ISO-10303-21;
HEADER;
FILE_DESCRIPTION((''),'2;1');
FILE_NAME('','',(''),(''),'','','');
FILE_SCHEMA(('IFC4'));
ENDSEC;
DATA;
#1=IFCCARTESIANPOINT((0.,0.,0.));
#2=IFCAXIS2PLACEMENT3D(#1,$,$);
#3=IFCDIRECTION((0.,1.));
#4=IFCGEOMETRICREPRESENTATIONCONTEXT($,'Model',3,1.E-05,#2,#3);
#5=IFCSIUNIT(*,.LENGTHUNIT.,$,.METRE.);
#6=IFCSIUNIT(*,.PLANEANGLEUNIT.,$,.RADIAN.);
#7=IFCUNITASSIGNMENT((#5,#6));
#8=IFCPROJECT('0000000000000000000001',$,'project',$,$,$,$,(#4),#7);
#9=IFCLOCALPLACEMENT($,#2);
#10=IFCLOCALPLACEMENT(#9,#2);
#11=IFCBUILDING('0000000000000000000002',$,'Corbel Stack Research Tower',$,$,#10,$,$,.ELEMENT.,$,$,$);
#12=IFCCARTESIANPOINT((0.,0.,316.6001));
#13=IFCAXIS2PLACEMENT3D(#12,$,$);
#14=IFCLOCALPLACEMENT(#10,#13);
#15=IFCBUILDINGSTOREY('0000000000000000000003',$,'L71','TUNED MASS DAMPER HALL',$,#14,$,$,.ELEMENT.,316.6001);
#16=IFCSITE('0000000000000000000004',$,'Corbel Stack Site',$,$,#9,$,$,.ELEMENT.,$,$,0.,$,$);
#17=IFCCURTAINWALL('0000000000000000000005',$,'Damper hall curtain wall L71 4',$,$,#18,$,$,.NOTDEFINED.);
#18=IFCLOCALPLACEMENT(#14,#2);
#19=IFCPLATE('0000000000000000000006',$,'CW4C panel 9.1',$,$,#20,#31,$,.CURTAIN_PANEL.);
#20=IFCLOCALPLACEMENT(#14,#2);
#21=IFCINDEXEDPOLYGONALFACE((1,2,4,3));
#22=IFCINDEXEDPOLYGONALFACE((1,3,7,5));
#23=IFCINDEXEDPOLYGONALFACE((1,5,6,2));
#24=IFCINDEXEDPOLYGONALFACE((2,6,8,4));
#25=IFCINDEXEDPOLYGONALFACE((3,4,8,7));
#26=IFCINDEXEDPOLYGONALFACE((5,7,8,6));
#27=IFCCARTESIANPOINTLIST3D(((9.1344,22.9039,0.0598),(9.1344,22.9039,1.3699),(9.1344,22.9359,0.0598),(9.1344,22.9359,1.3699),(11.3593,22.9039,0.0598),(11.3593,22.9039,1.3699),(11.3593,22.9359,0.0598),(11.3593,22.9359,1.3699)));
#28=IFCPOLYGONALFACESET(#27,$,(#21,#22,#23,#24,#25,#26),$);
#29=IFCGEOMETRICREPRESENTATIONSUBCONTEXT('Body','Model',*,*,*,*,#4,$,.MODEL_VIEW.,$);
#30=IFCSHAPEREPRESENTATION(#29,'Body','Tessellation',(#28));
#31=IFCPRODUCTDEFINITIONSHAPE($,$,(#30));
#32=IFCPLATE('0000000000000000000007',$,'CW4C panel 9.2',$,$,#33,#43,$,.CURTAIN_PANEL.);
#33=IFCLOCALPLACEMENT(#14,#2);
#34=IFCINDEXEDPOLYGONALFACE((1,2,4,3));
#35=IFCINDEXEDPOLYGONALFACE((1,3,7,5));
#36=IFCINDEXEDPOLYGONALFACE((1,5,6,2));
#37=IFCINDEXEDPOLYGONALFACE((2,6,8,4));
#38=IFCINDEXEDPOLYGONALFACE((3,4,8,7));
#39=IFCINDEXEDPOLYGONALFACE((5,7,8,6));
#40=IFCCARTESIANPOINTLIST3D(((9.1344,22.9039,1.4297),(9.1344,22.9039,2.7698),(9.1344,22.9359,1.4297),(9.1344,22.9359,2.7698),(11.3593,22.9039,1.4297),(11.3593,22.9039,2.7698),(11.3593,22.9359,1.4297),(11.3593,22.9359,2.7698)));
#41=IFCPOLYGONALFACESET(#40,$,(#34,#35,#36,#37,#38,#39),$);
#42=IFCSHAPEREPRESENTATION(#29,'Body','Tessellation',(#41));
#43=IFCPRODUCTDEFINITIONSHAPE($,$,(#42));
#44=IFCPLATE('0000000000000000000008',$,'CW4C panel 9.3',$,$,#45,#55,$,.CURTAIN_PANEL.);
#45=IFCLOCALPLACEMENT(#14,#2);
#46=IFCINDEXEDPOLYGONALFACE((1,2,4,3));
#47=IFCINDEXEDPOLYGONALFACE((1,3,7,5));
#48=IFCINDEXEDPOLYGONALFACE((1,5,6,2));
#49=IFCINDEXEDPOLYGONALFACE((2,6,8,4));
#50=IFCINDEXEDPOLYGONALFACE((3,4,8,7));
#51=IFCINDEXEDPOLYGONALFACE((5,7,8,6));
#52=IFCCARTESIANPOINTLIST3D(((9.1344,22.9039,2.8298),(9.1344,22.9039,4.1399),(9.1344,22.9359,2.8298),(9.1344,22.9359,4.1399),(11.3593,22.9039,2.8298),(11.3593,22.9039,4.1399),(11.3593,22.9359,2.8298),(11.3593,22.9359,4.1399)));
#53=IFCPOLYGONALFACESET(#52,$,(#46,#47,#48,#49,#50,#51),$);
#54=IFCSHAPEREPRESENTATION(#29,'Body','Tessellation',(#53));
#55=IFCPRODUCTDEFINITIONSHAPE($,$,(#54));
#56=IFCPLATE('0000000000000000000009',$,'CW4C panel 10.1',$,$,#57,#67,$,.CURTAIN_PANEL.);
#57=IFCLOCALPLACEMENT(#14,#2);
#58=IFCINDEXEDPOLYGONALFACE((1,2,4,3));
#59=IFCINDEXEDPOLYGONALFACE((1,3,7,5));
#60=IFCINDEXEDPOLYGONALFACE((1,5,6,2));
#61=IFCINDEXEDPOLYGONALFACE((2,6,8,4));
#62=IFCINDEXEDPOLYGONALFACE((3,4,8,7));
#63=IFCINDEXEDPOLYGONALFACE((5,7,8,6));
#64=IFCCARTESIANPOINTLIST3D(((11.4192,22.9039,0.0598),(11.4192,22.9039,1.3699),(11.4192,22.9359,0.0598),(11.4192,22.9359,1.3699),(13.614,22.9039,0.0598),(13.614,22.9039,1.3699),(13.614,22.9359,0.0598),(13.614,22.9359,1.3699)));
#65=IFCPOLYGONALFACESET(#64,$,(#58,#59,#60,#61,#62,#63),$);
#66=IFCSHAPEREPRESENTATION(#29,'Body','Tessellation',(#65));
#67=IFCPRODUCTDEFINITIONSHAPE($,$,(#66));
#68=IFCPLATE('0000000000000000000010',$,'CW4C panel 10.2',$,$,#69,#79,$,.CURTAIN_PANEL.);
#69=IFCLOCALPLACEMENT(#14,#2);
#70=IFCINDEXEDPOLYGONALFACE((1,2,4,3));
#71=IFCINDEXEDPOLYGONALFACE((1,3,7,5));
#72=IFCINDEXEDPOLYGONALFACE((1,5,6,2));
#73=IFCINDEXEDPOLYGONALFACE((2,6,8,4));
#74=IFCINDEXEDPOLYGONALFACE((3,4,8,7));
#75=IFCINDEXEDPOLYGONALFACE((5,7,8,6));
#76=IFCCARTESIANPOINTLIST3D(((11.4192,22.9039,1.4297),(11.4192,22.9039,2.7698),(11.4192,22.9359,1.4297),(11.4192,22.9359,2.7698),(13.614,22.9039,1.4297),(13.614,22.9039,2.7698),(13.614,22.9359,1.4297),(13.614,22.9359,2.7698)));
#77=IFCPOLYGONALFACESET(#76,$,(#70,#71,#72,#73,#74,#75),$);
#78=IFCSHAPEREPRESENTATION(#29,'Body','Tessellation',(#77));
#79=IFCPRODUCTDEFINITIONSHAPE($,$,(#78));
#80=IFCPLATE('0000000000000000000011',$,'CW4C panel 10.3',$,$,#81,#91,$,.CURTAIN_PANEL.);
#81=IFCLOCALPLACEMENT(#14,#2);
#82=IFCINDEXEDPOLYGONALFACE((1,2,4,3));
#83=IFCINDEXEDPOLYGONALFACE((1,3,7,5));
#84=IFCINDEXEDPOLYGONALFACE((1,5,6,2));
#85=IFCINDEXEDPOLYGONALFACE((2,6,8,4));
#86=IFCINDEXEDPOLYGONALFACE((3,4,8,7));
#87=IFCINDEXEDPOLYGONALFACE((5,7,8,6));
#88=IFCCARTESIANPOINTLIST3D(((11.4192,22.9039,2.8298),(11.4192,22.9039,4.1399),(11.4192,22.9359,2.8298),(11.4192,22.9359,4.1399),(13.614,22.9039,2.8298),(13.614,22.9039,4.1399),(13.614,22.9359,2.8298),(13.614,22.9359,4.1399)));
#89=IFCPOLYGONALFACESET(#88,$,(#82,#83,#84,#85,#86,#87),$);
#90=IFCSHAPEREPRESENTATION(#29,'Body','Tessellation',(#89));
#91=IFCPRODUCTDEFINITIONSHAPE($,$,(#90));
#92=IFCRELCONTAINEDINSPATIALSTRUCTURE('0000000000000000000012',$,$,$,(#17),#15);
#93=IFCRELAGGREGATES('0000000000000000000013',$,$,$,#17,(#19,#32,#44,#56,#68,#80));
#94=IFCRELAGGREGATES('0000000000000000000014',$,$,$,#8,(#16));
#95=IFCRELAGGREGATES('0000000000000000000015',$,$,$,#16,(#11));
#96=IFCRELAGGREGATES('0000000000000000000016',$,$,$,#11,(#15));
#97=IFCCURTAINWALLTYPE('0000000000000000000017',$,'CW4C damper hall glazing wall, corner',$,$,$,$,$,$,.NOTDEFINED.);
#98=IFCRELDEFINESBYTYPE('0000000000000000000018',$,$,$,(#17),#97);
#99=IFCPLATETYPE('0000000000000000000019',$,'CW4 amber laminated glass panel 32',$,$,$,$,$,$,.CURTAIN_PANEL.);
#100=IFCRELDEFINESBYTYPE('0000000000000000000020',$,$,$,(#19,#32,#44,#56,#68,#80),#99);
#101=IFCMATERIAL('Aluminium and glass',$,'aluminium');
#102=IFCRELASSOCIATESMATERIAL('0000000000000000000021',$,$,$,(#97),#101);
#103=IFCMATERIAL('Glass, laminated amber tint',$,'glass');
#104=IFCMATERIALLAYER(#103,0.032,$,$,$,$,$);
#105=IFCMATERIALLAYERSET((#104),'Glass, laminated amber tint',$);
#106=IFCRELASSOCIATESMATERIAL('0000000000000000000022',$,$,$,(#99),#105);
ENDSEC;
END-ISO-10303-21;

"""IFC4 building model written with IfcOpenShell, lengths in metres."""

from ifc_helpers import new_model, si_unit, direction, frame, origin, origin_2d, place, context, subcontext, project, spatial, rectangle, extrude, material, layer, layer_set, type_object, element, aggregate, save


model = new_model("IFC4")

# Units and contexts
model_context = context("Model", 3, precision=1e-05, world=origin(), true_north=direction((0.0, 1.0)))
body_context = subcontext(model_context, "Body", "Model", "MODEL_VIEW")
ifc_project = project(units=[si_unit("LENGTHUNIT", "METRE"), si_unit("PLANEANGLEUNIT", "RADIAN")], contexts=[model_context])

# Site, building, storey
site_placement = place(None, origin())
site = spatial("IfcSite", under=ifc_project, at=site_placement, Name="Corbel Stack Site", CompositionType="ELEMENT", RefElevation=0.0)
building_placement = place(site_placement, origin())
building = spatial("IfcBuilding", under=site, at=building_placement, Name="Corbel Stack Research Tower", CompositionType="ELEMENT")
storey_placement = place(building_placement, frame((0.0, 0.0, 316.6001)))
storey = spatial("IfcBuildingStorey", under=building, at=storey_placement, Name="L71", Description="TUNED MASS DAMPER HALL", CompositionType="ELEMENT", Elevation=316.6001)

# Curtain wall, plates
ifc_material_1 = material(Name="Aluminium and glass", Category="aluminium")
curtain_wall_type = type_object("IfcCurtainWallType", Name="CW4C damper hall glazing wall, corner", PredefinedType="NOTDEFINED", material=ifc_material_1)
curtain_wall_placement = place(storey_placement, origin())
curtain_wall = element("IfcCurtainWall", 1, at=curtain_wall_placement, inside=storey, type_object=curtain_wall_type, Name="Damper hall curtain wall L71 4", PredefinedType="NOTDEFINED")
ifc_material_2 = material(Name="Glass, laminated amber tint", Category="glass")
ifc_layer = layer(ifc_material_2, 0.032)
ifc_layer_set = layer_set([ifc_layer], Name="Glass, laminated amber tint")
plate_type = type_object("IfcPlateType", Name="CW4 amber laminated glass panel 32", PredefinedType="CURTAIN_PANEL", material=ifc_layer_set)
plate_1_placement = place(storey_placement, frame((10.2468, 22.9199, 0.0598), z_axis=(0.0, 0.0, 1.0), x_axis=(1.0, 0.0, 0.0)))
plate_1 = element("IfcPlate", 2, at=plate_1_placement, type_object=plate_type, Name="CW4C panel 9.1", PredefinedType="CURTAIN_PANEL", context=body_context, shape_type="SweptSolid", body=[
    extrude(rectangle(XDim=2.2249, YDim=0.032, at=origin_2d()), origin(), (0.0, 0.0, 1.0), 1.3101),
])
plate_2_placement = place(storey_placement, frame((10.2468, 22.9199, 1.4297), z_axis=(0.0, 0.0, 1.0), x_axis=(1.0, 0.0, 0.0)))
plate_2 = element("IfcPlate", 3, at=plate_2_placement, type_object=plate_type, Name="CW4C panel 9.2", PredefinedType="CURTAIN_PANEL", context=body_context, shape_type="SweptSolid", body=[
    extrude(rectangle(XDim=2.2249, YDim=0.032, at=origin_2d()), origin(), (0.0, 0.0, 1.0), 1.3401),
])
plate_3_placement = place(storey_placement, frame((10.2468, 22.9199, 2.8298), z_axis=(0.0, 0.0, 1.0), x_axis=(1.0, 0.0, 0.0)))
plate_3 = element("IfcPlate", 4, at=plate_3_placement, type_object=plate_type, Name="CW4C panel 9.3", PredefinedType="CURTAIN_PANEL", context=body_context, shape_type="SweptSolid", body=[
    extrude(rectangle(XDim=2.2249, YDim=0.032, at=origin_2d()), origin(), (0.0, 0.0, 1.0), 1.3101),
])
plate_4_placement = place(storey_placement, frame((12.5166, 22.9199, 0.0598), z_axis=(0.0, 0.0, 1.0), x_axis=(1.0, 0.0, 0.0)))
plate_4 = element("IfcPlate", 5, at=plate_4_placement, type_object=plate_type, Name="CW4C panel 10.1", PredefinedType="CURTAIN_PANEL", context=body_context, shape_type="SweptSolid", body=[
    extrude(rectangle(XDim=2.1948, YDim=0.032, at=origin_2d()), origin(), (0.0, 0.0, 1.0), 1.3101),
])
plate_5_placement = place(storey_placement, frame((12.5166, 22.9199, 1.4297), z_axis=(0.0, 0.0, 1.0), x_axis=(1.0, 0.0, 0.0)))
plate_5 = element("IfcPlate", 6, at=plate_5_placement, type_object=plate_type, Name="CW4C panel 10.2", PredefinedType="CURTAIN_PANEL", context=body_context, shape_type="SweptSolid", body=[
    extrude(rectangle(XDim=2.1948, YDim=0.032, at=origin_2d()), origin(), (0.0, 0.0, 1.0), 1.3401),
])
plate_6_placement = place(storey_placement, frame((12.5166, 22.9199, 2.8298), z_axis=(0.0, 0.0, 1.0), x_axis=(1.0, 0.0, 0.0)))
plate_6 = element("IfcPlate", 7, at=plate_6_placement, type_object=plate_type, Name="CW4C panel 10.3", PredefinedType="CURTAIN_PANEL", context=body_context, shape_type="SweptSolid", body=[
    extrude(rectangle(XDim=2.1948, YDim=0.032, at=origin_2d()), origin(), (0.0, 0.0, 1.0), 1.3101),
])
aggregate(curtain_wall, [plate_1, plate_2, plate_3, plate_4, plate_5, plate_6])

save(model, "model.ifc")
